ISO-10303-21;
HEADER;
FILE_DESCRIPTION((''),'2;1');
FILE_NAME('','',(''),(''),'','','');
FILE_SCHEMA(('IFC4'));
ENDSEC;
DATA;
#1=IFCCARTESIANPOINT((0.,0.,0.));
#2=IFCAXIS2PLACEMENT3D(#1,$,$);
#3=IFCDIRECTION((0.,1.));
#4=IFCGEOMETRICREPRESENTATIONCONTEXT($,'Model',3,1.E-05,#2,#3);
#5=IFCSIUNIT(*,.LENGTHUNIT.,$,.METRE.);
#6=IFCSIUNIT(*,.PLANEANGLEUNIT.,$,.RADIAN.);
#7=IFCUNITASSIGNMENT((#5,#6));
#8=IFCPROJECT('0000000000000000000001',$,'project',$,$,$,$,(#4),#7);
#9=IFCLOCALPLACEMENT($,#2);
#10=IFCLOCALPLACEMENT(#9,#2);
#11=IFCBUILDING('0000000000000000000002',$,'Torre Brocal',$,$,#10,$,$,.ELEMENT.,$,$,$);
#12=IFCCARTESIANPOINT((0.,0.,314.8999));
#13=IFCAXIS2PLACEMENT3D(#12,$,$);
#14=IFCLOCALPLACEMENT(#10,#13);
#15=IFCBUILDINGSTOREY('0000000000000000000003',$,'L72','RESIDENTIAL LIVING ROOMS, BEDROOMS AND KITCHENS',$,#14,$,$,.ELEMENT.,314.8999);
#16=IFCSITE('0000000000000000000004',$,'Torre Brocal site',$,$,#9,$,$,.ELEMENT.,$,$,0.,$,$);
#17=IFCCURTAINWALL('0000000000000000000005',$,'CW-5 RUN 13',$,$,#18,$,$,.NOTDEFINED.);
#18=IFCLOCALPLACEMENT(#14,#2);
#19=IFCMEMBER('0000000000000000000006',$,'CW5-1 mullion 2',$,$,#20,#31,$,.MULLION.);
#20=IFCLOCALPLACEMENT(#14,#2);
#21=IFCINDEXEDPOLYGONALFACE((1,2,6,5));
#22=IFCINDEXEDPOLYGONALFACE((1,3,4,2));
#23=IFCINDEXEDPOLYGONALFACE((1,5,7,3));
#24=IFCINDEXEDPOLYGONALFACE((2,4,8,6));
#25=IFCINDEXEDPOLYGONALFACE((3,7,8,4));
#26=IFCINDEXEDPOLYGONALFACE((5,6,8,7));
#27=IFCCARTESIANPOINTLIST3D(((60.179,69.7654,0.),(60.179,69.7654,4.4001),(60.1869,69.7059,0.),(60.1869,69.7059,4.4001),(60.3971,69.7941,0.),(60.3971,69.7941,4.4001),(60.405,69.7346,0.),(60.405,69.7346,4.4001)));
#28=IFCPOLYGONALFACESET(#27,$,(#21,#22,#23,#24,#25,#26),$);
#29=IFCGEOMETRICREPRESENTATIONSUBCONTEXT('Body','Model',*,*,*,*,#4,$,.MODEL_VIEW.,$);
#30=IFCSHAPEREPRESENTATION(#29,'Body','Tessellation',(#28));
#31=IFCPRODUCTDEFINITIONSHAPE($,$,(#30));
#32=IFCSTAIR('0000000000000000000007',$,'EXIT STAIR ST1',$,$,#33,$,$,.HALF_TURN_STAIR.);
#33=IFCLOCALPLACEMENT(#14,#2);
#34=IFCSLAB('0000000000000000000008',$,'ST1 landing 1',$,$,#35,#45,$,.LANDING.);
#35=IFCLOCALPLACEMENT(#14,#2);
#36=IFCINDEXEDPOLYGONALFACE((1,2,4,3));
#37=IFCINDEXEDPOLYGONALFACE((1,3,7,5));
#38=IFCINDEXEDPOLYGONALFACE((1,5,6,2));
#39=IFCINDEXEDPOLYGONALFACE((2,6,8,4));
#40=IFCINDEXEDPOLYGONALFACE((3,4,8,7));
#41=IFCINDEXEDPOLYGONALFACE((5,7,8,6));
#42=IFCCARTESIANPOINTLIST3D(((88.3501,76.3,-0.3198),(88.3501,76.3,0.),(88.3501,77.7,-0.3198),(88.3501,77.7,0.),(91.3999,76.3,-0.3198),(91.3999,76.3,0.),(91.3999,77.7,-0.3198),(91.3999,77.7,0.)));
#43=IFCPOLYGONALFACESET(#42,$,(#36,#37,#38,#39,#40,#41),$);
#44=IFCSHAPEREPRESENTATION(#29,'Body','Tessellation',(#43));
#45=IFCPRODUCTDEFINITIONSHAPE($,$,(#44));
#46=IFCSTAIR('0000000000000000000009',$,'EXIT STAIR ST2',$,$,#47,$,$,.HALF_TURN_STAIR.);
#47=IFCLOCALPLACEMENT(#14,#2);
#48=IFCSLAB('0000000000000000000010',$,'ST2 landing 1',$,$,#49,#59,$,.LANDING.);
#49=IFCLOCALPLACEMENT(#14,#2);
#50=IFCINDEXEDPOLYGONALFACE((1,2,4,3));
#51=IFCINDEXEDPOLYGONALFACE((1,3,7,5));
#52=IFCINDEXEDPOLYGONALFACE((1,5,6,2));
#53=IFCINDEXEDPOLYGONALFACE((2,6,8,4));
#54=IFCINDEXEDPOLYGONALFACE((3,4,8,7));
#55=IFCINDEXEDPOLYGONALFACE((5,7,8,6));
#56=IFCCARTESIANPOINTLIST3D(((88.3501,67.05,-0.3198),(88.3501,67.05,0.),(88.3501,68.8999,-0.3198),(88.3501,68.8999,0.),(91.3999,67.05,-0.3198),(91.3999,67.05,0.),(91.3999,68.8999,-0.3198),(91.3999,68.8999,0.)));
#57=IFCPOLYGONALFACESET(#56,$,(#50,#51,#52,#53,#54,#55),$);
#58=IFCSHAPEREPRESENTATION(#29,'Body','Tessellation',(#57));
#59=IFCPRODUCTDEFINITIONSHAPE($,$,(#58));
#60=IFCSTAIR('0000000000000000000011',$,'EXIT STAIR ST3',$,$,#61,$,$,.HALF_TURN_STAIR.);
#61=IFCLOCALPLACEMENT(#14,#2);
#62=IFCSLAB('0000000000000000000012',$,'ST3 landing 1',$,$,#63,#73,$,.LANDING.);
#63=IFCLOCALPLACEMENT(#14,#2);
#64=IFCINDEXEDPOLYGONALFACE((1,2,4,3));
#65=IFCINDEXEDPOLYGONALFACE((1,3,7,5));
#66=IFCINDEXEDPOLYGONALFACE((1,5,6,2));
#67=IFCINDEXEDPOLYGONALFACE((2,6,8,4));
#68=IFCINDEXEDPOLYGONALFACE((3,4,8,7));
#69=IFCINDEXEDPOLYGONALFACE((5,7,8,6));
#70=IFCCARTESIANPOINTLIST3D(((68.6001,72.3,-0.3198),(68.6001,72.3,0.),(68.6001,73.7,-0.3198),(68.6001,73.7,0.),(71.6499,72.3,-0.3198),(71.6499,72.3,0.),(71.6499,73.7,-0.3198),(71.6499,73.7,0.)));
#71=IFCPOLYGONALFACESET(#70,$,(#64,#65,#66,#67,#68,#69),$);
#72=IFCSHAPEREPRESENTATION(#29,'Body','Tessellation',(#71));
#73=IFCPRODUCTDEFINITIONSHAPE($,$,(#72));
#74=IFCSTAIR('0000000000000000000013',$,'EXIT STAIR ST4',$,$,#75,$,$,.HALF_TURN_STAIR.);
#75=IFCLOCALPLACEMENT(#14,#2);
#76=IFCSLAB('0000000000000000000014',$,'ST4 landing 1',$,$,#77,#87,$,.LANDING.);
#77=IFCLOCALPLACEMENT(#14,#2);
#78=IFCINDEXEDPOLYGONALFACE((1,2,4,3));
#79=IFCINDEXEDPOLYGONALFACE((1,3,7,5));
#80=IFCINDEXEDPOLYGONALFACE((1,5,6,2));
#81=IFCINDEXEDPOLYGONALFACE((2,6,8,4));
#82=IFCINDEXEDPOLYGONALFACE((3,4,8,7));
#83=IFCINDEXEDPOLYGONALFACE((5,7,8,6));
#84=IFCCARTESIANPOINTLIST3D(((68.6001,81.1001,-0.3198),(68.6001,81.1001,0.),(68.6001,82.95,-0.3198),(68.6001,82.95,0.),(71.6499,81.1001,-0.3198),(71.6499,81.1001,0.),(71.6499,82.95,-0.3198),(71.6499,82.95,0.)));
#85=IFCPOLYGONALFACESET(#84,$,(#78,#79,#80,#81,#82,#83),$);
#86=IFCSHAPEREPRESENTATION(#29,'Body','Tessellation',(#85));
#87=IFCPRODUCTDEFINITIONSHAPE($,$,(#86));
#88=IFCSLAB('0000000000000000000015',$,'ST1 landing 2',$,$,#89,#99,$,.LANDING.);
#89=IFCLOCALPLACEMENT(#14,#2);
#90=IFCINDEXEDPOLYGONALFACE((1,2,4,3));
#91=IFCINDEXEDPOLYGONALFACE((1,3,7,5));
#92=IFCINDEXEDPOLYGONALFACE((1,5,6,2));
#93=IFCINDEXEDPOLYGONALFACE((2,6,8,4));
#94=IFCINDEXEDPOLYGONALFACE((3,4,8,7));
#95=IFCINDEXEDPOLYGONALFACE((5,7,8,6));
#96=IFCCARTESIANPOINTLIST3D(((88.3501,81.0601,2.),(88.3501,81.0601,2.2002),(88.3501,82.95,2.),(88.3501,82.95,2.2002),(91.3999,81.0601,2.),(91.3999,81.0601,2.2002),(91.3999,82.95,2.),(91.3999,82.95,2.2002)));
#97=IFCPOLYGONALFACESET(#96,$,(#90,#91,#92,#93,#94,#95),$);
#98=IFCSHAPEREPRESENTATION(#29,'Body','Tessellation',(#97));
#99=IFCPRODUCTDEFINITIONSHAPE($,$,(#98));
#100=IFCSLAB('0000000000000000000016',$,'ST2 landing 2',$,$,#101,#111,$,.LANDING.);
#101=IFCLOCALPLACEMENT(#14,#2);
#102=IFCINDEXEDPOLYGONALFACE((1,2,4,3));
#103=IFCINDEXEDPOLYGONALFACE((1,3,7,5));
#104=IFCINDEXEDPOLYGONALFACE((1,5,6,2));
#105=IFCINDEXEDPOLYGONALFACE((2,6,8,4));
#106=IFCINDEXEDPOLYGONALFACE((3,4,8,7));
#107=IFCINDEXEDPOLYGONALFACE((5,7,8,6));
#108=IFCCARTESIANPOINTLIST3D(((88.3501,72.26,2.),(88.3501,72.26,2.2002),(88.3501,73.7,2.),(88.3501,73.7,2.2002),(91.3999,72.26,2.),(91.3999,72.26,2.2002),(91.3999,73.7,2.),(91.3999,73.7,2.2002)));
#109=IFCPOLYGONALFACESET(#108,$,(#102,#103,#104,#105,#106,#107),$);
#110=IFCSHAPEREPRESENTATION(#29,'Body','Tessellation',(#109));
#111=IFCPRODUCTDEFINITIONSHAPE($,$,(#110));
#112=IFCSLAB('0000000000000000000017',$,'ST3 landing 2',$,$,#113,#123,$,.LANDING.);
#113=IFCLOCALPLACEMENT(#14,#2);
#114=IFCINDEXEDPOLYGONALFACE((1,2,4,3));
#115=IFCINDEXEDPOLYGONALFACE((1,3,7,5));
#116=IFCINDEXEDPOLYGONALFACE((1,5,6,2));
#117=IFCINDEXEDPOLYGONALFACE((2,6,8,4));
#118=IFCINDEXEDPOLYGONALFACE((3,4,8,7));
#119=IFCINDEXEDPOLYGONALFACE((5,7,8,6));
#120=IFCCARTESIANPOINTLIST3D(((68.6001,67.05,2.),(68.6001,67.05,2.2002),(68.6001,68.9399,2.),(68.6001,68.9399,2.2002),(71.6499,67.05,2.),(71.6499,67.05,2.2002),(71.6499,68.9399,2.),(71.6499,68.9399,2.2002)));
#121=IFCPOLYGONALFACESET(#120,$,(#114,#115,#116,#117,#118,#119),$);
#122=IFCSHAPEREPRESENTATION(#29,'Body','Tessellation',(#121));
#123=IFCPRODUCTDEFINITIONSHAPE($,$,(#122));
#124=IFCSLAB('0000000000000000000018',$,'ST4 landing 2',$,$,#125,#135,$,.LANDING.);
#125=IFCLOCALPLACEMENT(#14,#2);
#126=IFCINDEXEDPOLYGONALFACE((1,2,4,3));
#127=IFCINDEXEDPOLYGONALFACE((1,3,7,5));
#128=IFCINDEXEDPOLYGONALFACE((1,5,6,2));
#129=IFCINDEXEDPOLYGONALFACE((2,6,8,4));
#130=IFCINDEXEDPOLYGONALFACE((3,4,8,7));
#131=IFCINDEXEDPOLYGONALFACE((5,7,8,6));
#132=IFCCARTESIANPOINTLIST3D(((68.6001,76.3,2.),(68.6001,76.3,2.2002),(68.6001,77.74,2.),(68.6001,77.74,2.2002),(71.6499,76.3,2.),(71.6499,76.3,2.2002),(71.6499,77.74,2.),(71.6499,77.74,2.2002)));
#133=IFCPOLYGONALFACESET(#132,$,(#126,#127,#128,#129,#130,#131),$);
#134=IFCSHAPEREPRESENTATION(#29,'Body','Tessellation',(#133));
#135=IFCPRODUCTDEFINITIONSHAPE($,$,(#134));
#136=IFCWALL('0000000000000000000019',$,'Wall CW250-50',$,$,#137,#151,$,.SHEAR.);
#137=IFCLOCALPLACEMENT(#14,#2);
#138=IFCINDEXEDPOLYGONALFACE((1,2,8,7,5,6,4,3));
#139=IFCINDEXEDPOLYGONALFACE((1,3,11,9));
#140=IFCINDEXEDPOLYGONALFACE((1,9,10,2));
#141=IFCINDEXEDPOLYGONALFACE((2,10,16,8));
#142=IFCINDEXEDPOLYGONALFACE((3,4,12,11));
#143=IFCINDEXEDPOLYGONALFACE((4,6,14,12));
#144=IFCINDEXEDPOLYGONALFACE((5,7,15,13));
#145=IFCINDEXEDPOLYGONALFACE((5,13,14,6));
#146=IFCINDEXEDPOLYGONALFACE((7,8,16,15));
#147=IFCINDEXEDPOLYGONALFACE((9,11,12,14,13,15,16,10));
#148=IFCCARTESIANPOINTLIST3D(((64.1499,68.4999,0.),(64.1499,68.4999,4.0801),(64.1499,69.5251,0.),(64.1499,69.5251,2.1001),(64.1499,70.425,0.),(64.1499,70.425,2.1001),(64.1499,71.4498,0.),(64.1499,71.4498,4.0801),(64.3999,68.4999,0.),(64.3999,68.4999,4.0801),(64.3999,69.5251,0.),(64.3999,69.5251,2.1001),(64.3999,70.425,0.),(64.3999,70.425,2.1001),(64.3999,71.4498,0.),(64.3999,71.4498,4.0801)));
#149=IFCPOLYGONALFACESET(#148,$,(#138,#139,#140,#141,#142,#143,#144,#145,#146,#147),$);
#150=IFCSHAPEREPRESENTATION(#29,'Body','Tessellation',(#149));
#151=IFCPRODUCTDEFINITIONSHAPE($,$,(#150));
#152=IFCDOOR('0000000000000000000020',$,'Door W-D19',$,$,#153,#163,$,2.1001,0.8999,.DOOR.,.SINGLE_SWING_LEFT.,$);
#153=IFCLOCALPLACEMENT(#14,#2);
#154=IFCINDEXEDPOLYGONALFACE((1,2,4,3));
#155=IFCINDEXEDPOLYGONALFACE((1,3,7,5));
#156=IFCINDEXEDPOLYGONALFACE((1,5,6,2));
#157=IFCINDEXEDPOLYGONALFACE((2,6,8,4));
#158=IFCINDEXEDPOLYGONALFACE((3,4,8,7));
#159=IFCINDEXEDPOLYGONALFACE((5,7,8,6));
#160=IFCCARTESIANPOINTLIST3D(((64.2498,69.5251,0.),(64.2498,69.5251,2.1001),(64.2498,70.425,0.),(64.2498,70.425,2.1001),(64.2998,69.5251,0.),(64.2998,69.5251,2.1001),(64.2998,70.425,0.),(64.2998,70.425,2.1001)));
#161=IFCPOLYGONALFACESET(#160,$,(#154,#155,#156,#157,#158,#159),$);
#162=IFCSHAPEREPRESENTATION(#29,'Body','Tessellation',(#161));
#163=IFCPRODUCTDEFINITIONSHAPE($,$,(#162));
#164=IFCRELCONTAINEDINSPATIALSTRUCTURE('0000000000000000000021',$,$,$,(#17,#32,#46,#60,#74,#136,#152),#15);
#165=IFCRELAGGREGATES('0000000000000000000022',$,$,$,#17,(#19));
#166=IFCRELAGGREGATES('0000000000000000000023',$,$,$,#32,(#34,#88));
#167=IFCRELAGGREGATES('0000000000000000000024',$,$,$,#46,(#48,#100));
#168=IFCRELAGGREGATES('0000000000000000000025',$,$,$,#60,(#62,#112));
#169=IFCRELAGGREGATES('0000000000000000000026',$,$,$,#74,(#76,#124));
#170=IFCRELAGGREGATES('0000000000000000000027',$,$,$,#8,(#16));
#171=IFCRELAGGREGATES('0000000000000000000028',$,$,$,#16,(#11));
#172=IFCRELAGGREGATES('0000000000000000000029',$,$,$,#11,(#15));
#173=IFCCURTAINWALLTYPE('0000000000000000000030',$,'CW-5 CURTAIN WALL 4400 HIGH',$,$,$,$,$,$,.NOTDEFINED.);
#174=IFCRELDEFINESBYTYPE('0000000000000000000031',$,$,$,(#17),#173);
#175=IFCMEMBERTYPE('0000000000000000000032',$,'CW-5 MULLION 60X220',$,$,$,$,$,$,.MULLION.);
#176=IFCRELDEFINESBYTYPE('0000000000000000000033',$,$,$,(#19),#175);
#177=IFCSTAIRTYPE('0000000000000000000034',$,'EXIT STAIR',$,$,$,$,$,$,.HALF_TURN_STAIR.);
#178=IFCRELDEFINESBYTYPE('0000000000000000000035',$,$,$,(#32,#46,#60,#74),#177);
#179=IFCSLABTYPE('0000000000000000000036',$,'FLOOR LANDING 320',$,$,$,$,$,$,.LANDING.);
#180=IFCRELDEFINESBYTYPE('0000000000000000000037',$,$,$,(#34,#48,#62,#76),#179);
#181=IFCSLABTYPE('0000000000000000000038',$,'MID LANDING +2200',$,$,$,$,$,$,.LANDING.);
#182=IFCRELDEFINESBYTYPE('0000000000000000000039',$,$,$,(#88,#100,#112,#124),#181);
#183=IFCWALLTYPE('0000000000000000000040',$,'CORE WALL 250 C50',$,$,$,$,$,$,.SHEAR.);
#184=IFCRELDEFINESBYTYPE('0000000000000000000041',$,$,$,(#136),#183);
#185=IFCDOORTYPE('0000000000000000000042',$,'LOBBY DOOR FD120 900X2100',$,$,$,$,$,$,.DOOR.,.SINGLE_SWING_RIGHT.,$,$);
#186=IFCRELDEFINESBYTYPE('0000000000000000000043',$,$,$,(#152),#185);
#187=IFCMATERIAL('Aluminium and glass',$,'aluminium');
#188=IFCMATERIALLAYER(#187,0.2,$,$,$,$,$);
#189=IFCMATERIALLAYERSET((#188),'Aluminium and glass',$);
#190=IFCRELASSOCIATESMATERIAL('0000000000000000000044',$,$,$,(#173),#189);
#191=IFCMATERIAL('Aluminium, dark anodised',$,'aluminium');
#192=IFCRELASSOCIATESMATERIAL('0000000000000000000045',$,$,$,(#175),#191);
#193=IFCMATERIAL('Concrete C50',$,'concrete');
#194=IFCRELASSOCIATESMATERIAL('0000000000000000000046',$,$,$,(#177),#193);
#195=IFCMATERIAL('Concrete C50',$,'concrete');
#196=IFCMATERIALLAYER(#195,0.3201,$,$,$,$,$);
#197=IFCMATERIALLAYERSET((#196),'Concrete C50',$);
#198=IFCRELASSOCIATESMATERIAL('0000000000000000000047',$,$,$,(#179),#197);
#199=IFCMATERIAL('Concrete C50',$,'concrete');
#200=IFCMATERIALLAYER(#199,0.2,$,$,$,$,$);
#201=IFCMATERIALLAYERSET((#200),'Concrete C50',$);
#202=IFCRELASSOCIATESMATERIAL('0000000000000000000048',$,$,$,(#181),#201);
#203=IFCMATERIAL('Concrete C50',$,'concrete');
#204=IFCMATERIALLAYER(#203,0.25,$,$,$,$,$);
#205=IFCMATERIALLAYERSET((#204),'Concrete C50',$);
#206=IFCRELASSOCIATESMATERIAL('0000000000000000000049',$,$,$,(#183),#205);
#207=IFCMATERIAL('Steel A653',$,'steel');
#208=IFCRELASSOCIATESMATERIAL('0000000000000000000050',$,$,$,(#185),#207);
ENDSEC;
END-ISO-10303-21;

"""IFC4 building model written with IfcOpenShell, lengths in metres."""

from ifc_helpers import new_model, si_unit, direction, frame, frame_2d, origin, origin_2d, place, context, subcontext, project, spatial, polyline, rectangle, outline, extrude, material, layer, layer_set, material_profile, profile_set, type_object, element, fill, aggregate, save


model = new_model("IFC4")

# Units and contexts
model_context = context("Model", 3, precision=1e-05, world=origin(), true_north=direction((0.0, 1.0)))
body_context = subcontext(model_context, "Body", "Model", "MODEL_VIEW")
ifc_project = project(units=[si_unit("LENGTHUNIT", "METRE"), si_unit("PLANEANGLEUNIT", "RADIAN")], contexts=[model_context])

# Site, building, storey
site_placement = place(None, origin())
site = spatial("IfcSite", under=ifc_project, at=site_placement, Name="Torre Brocal site", CompositionType="ELEMENT", RefElevation=0.0)
building_placement = place(site_placement, origin())
building = spatial("IfcBuilding", under=site, at=building_placement, Name="Torre Brocal", CompositionType="ELEMENT")
storey_placement = place(building_placement, frame((0.0, 0.0, 314.8999)))
storey = spatial("IfcBuildingStorey", under=building, at=storey_placement, Name="L72", Description="RESIDENTIAL LIVING ROOMS, BEDROOMS AND KITCHENS", CompositionType="ELEMENT", Elevation=314.8999)

# Curtain wall, member
ifc_material_1 = material(Name="Aluminium and glass", Category="aluminium")
ifc_layer_1 = layer(ifc_material_1, 0.2)
ifc_layer_set_1 = layer_set([ifc_layer_1], Name="Aluminium and glass")
curtain_wall_type = type_object("IfcCurtainWallType", Name="CW-5 CURTAIN WALL 4400 HIGH", PredefinedType="NOTDEFINED", material=ifc_layer_set_1)
curtain_wall_placement = place(storey_placement, origin())
curtain_wall = element("IfcCurtainWall", 1, at=curtain_wall_placement, inside=storey, type_object=curtain_wall_type, Name="CW-5 RUN 13", PredefinedType="NOTDEFINED")
ifc_material_2 = material(Name="Aluminium, dark anodised", Category="aluminium")
ifc_material_profile_1 = material_profile(ifc_material_2, rectangle(XDim=0.22, YDim=0.0601, at=origin_2d()), Name="CW-5 MULLION 60X220")
ifc_profile_set_1 = profile_set([ifc_material_profile_1], Name="Aluminium, dark anodised")
member_type = type_object("IfcMemberType", Name="CW-5 MULLION 60X220", PredefinedType="MULLION", material=ifc_profile_set_1)
member_placement = place(storey_placement, frame((60.292, 69.75, 0.0), z_axis=(0.0, 0.0, 1.0), x_axis=(0.991445, 0.130526, 0.0)))
member = element("IfcMember", 2, at=member_placement, type_object=member_type, Name="CW5-1 mullion 2", PredefinedType="MULLION", context=body_context, shape_type="SweptSolid", body=[
    extrude(rectangle(XDim=0.22, YDim=0.0601, at=origin_2d()), origin(), (0.0, 0.0, 1.0), 4.4001),
])
aggregate(curtain_wall, [member])

# Stairs, slabs
ifc_material_3 = material(Name="Concrete C50", Category="concrete")
stair_type = type_object("IfcStairType", Name="EXIT STAIR", PredefinedType="HALF_TURN_STAIR", material=ifc_material_3)
stair_1_placement = place(storey_placement, origin())
stair_1 = element("IfcStair", 3, at=stair_1_placement, inside=storey, type_object=stair_type, Name="EXIT STAIR ST1", PredefinedType="HALF_TURN_STAIR")
ifc_material_4 = material(Name="Concrete C50", Category="concrete")
ifc_layer_2 = layer(ifc_material_4, 0.3201)
ifc_layer_set_2 = layer_set([ifc_layer_2], Name="Concrete C50")
slab_type_1 = type_object("IfcSlabType", Name="FLOOR LANDING 320", PredefinedType="LANDING", material=ifc_layer_set_2)
slab_1_placement = place(storey_placement, frame((0.0, 0.0, -0.3198)))
slab_1 = element("IfcSlab", 4, at=slab_1_placement, type_object=slab_type_1, Name="ST1 landing 1", PredefinedType="LANDING", context=body_context, shape_type="SweptSolid", body=[
    extrude(outline(polyline([(88.3501, 76.3), (91.3999, 76.3), (91.3999, 77.7), (88.3501, 77.7), (88.3501, 76.3)])), origin(), (0.0, 0.0, 1.0), 0.3198),
])
stair_2_placement = place(storey_placement, origin())
stair_2 = element("IfcStair", 5, at=stair_2_placement, inside=storey, type_object=stair_type, Name="EXIT STAIR ST2", PredefinedType="HALF_TURN_STAIR")
slab_2_placement = place(storey_placement, frame((0.0, 0.0, -0.3198)))
slab_2 = element("IfcSlab", 6, at=slab_2_placement, type_object=slab_type_1, Name="ST2 landing 1", PredefinedType="LANDING", context=body_context, shape_type="SweptSolid", body=[
    extrude(outline(polyline([(88.3501, 67.05), (91.3999, 67.05), (91.3999, 68.8999), (88.3501, 68.8999), (88.3501, 67.05)])), origin(), (0.0, 0.0, 1.0), 0.3198),
])
stair_3_placement = place(storey_placement, origin())
stair_3 = element("IfcStair", 7, at=stair_3_placement, inside=storey, type_object=stair_type, Name="EXIT STAIR ST3", PredefinedType="HALF_TURN_STAIR")
slab_3_placement = place(storey_placement, frame((0.0, 0.0, -0.3198)))
slab_3 = element("IfcSlab", 8, at=slab_3_placement, type_object=slab_type_1, Name="ST3 landing 1", PredefinedType="LANDING", context=body_context, shape_type="SweptSolid", body=[
    extrude(outline(polyline([(71.6499, 73.7), (68.6001, 73.7), (68.6001, 72.3), (71.6499, 72.3), (71.6499, 73.7)])), origin(), (0.0, 0.0, 1.0), 0.3198),
])
stair_4_placement = place(storey_placement, origin())
stair_4 = element("IfcStair", 9, at=stair_4_placement, inside=storey, type_object=stair_type, Name="EXIT STAIR ST4", PredefinedType="HALF_TURN_STAIR")
slab_4_placement = place(storey_placement, frame((0.0, 0.0, -0.3198)))
slab_4 = element("IfcSlab", 10, at=slab_4_placement, type_object=slab_type_1, Name="ST4 landing 1", PredefinedType="LANDING", context=body_context, shape_type="SweptSolid", body=[
    extrude(outline(polyline([(71.6499, 82.95), (68.6001, 82.95), (68.6001, 81.1001), (71.6499, 81.1001), (71.6499, 82.95)])), origin(), (0.0, 0.0, 1.0), 0.3198),
])

# Slabs
ifc_material_5 = material(Name="Concrete C50", Category="concrete")
ifc_layer_3 = layer(ifc_material_5, 0.2)
ifc_layer_set_3 = layer_set([ifc_layer_3], Name="Concrete C50")
slab_type_2 = type_object("IfcSlabType", Name="MID LANDING +2200", PredefinedType="LANDING", material=ifc_layer_set_3)
slab_5_placement = place(storey_placement, frame((0.0, 0.0, 2.0)))
slab_5 = element("IfcSlab", 11, at=slab_5_placement, type_object=slab_type_2, Name="ST1 landing 2", PredefinedType="LANDING", context=body_context, shape_type="SweptSolid", body=[
    extrude(outline(polyline([(88.3501, 81.0601), (91.3999, 81.0601), (91.3999, 82.95), (88.3501, 82.95), (88.3501, 81.0601)])), origin(), (0.0, 0.0, 1.0), 0.2002),
])
aggregate(stair_1, [slab_1, slab_5])
slab_6_placement = place(storey_placement, frame((0.0, 0.0, 2.0)))
slab_6 = element("IfcSlab", 12, at=slab_6_placement, type_object=slab_type_2, Name="ST2 landing 2", PredefinedType="LANDING", context=body_context, shape_type="SweptSolid", body=[
    extrude(outline(polyline([(88.3501, 72.26), (91.3999, 72.26), (91.3999, 73.7), (88.3501, 73.7), (88.3501, 72.26)])), origin(), (0.0, 0.0, 1.0), 0.2002),
])
aggregate(stair_2, [slab_2, slab_6])
slab_7_placement = place(storey_placement, frame((0.0, 0.0, 2.0)))
slab_7 = element("IfcSlab", 13, at=slab_7_placement, type_object=slab_type_2, Name="ST3 landing 2", PredefinedType="LANDING", context=body_context, shape_type="SweptSolid", body=[
    extrude(outline(polyline([(71.6499, 68.9399), (68.6001, 68.9399), (68.6001, 67.05), (71.6499, 67.05), (71.6499, 68.9399)])), origin(), (0.0, 0.0, 1.0), 0.2002),
])
aggregate(stair_3, [slab_3, slab_7])
slab_8_placement = place(storey_placement, frame((0.0, 0.0, 2.0)))
slab_8 = element("IfcSlab", 14, at=slab_8_placement, type_object=slab_type_2, Name="ST4 landing 2", PredefinedType="LANDING", context=body_context, shape_type="SweptSolid", body=[
    extrude(outline(polyline([(71.6499, 77.74), (68.6001, 77.74), (68.6001, 76.3), (71.6499, 76.3), (71.6499, 77.74)])), origin(), (0.0, 0.0, 1.0), 0.2002),
])
aggregate(stair_4, [slab_4, slab_8])

# Wall, opening, door
ifc_material_6 = material(Name="Concrete C50", Category="concrete")
ifc_layer_4 = layer(ifc_material_6, 0.25)
ifc_layer_set_4 = layer_set([ifc_layer_4], Name="Concrete C50")
wall_type_1 = type_object("IfcWallType", Name="CORE WALL 250 C50", PredefinedType="SHEAR", material=ifc_layer_set_4)
wall_1_placement = place(storey_placement, frame((64.2749, 71.45, 0.0), z_axis=(0.0, 0.0, 1.0), x_axis=(0.0, -1.0, 0.0)))
wall_1 = element("IfcWall", 15, at=wall_1_placement, inside=storey, type_object=wall_type_1, Name="Wall CW250-50", PredefinedType="SHEAR", context=body_context, shape_type="SweptSolid", body=[
    extrude(rectangle(XDim=2.95, YDim=0.25, at=frame_2d((1.4751, 0.0))), origin(), (0.0, 0.0, 1.0), 4.0801),
])
opening_1_placement = place(wall_1_placement, frame((1.0249, 0.0, 0.0)))
opening_1 = element("IfcOpeningElement", 16, at=opening_1_placement, cuts=wall_1, PredefinedType="OPENING", context=body_context, shape_type="SweptSolid", body=[
    extrude(rectangle(XDim=0.8999, YDim=2.1001, at=frame_2d((0.45, 1.05))), frame((0.0, 0.135, 0.0), z_axis=(0.0, -1.0, 0.0), x_axis=(1.0, 0.0, 0.0)), (0.0, 0.0, 1.0), 0.27),
])
ifc_material_7 = material(Name="Steel A653", Category="steel")
door_type_1 = type_object("IfcDoorType", Name="LOBBY DOOR FD120 900X2100", OperationType="SINGLE_SWING_RIGHT", PredefinedType="DOOR", material=ifc_material_7)
door_1_placement = place(opening_1_placement, origin())
door_1 = element("IfcDoor", 17, at=door_1_placement, inside=storey, type_object=door_type_1, Name="Door W-D19", OperationType="SINGLE_SWING_LEFT", OverallHeight=2.1001, OverallWidth=0.8999, PredefinedType="DOOR", context=body_context, shape_type="SweptSolid", body=[
    extrude(rectangle(XDim=0.8999, YDim=2.1001, at=frame_2d((0.45, 1.05))), frame((0.0, 0.0249, 0.0), z_axis=(0.0, -1.0, 0.0), x_axis=(1.0, 0.0, 0.0)), (0.0, 0.0, 1.0), 0.05),
])
fill(opening_1, door_1)

save(model, "model.ifc")
